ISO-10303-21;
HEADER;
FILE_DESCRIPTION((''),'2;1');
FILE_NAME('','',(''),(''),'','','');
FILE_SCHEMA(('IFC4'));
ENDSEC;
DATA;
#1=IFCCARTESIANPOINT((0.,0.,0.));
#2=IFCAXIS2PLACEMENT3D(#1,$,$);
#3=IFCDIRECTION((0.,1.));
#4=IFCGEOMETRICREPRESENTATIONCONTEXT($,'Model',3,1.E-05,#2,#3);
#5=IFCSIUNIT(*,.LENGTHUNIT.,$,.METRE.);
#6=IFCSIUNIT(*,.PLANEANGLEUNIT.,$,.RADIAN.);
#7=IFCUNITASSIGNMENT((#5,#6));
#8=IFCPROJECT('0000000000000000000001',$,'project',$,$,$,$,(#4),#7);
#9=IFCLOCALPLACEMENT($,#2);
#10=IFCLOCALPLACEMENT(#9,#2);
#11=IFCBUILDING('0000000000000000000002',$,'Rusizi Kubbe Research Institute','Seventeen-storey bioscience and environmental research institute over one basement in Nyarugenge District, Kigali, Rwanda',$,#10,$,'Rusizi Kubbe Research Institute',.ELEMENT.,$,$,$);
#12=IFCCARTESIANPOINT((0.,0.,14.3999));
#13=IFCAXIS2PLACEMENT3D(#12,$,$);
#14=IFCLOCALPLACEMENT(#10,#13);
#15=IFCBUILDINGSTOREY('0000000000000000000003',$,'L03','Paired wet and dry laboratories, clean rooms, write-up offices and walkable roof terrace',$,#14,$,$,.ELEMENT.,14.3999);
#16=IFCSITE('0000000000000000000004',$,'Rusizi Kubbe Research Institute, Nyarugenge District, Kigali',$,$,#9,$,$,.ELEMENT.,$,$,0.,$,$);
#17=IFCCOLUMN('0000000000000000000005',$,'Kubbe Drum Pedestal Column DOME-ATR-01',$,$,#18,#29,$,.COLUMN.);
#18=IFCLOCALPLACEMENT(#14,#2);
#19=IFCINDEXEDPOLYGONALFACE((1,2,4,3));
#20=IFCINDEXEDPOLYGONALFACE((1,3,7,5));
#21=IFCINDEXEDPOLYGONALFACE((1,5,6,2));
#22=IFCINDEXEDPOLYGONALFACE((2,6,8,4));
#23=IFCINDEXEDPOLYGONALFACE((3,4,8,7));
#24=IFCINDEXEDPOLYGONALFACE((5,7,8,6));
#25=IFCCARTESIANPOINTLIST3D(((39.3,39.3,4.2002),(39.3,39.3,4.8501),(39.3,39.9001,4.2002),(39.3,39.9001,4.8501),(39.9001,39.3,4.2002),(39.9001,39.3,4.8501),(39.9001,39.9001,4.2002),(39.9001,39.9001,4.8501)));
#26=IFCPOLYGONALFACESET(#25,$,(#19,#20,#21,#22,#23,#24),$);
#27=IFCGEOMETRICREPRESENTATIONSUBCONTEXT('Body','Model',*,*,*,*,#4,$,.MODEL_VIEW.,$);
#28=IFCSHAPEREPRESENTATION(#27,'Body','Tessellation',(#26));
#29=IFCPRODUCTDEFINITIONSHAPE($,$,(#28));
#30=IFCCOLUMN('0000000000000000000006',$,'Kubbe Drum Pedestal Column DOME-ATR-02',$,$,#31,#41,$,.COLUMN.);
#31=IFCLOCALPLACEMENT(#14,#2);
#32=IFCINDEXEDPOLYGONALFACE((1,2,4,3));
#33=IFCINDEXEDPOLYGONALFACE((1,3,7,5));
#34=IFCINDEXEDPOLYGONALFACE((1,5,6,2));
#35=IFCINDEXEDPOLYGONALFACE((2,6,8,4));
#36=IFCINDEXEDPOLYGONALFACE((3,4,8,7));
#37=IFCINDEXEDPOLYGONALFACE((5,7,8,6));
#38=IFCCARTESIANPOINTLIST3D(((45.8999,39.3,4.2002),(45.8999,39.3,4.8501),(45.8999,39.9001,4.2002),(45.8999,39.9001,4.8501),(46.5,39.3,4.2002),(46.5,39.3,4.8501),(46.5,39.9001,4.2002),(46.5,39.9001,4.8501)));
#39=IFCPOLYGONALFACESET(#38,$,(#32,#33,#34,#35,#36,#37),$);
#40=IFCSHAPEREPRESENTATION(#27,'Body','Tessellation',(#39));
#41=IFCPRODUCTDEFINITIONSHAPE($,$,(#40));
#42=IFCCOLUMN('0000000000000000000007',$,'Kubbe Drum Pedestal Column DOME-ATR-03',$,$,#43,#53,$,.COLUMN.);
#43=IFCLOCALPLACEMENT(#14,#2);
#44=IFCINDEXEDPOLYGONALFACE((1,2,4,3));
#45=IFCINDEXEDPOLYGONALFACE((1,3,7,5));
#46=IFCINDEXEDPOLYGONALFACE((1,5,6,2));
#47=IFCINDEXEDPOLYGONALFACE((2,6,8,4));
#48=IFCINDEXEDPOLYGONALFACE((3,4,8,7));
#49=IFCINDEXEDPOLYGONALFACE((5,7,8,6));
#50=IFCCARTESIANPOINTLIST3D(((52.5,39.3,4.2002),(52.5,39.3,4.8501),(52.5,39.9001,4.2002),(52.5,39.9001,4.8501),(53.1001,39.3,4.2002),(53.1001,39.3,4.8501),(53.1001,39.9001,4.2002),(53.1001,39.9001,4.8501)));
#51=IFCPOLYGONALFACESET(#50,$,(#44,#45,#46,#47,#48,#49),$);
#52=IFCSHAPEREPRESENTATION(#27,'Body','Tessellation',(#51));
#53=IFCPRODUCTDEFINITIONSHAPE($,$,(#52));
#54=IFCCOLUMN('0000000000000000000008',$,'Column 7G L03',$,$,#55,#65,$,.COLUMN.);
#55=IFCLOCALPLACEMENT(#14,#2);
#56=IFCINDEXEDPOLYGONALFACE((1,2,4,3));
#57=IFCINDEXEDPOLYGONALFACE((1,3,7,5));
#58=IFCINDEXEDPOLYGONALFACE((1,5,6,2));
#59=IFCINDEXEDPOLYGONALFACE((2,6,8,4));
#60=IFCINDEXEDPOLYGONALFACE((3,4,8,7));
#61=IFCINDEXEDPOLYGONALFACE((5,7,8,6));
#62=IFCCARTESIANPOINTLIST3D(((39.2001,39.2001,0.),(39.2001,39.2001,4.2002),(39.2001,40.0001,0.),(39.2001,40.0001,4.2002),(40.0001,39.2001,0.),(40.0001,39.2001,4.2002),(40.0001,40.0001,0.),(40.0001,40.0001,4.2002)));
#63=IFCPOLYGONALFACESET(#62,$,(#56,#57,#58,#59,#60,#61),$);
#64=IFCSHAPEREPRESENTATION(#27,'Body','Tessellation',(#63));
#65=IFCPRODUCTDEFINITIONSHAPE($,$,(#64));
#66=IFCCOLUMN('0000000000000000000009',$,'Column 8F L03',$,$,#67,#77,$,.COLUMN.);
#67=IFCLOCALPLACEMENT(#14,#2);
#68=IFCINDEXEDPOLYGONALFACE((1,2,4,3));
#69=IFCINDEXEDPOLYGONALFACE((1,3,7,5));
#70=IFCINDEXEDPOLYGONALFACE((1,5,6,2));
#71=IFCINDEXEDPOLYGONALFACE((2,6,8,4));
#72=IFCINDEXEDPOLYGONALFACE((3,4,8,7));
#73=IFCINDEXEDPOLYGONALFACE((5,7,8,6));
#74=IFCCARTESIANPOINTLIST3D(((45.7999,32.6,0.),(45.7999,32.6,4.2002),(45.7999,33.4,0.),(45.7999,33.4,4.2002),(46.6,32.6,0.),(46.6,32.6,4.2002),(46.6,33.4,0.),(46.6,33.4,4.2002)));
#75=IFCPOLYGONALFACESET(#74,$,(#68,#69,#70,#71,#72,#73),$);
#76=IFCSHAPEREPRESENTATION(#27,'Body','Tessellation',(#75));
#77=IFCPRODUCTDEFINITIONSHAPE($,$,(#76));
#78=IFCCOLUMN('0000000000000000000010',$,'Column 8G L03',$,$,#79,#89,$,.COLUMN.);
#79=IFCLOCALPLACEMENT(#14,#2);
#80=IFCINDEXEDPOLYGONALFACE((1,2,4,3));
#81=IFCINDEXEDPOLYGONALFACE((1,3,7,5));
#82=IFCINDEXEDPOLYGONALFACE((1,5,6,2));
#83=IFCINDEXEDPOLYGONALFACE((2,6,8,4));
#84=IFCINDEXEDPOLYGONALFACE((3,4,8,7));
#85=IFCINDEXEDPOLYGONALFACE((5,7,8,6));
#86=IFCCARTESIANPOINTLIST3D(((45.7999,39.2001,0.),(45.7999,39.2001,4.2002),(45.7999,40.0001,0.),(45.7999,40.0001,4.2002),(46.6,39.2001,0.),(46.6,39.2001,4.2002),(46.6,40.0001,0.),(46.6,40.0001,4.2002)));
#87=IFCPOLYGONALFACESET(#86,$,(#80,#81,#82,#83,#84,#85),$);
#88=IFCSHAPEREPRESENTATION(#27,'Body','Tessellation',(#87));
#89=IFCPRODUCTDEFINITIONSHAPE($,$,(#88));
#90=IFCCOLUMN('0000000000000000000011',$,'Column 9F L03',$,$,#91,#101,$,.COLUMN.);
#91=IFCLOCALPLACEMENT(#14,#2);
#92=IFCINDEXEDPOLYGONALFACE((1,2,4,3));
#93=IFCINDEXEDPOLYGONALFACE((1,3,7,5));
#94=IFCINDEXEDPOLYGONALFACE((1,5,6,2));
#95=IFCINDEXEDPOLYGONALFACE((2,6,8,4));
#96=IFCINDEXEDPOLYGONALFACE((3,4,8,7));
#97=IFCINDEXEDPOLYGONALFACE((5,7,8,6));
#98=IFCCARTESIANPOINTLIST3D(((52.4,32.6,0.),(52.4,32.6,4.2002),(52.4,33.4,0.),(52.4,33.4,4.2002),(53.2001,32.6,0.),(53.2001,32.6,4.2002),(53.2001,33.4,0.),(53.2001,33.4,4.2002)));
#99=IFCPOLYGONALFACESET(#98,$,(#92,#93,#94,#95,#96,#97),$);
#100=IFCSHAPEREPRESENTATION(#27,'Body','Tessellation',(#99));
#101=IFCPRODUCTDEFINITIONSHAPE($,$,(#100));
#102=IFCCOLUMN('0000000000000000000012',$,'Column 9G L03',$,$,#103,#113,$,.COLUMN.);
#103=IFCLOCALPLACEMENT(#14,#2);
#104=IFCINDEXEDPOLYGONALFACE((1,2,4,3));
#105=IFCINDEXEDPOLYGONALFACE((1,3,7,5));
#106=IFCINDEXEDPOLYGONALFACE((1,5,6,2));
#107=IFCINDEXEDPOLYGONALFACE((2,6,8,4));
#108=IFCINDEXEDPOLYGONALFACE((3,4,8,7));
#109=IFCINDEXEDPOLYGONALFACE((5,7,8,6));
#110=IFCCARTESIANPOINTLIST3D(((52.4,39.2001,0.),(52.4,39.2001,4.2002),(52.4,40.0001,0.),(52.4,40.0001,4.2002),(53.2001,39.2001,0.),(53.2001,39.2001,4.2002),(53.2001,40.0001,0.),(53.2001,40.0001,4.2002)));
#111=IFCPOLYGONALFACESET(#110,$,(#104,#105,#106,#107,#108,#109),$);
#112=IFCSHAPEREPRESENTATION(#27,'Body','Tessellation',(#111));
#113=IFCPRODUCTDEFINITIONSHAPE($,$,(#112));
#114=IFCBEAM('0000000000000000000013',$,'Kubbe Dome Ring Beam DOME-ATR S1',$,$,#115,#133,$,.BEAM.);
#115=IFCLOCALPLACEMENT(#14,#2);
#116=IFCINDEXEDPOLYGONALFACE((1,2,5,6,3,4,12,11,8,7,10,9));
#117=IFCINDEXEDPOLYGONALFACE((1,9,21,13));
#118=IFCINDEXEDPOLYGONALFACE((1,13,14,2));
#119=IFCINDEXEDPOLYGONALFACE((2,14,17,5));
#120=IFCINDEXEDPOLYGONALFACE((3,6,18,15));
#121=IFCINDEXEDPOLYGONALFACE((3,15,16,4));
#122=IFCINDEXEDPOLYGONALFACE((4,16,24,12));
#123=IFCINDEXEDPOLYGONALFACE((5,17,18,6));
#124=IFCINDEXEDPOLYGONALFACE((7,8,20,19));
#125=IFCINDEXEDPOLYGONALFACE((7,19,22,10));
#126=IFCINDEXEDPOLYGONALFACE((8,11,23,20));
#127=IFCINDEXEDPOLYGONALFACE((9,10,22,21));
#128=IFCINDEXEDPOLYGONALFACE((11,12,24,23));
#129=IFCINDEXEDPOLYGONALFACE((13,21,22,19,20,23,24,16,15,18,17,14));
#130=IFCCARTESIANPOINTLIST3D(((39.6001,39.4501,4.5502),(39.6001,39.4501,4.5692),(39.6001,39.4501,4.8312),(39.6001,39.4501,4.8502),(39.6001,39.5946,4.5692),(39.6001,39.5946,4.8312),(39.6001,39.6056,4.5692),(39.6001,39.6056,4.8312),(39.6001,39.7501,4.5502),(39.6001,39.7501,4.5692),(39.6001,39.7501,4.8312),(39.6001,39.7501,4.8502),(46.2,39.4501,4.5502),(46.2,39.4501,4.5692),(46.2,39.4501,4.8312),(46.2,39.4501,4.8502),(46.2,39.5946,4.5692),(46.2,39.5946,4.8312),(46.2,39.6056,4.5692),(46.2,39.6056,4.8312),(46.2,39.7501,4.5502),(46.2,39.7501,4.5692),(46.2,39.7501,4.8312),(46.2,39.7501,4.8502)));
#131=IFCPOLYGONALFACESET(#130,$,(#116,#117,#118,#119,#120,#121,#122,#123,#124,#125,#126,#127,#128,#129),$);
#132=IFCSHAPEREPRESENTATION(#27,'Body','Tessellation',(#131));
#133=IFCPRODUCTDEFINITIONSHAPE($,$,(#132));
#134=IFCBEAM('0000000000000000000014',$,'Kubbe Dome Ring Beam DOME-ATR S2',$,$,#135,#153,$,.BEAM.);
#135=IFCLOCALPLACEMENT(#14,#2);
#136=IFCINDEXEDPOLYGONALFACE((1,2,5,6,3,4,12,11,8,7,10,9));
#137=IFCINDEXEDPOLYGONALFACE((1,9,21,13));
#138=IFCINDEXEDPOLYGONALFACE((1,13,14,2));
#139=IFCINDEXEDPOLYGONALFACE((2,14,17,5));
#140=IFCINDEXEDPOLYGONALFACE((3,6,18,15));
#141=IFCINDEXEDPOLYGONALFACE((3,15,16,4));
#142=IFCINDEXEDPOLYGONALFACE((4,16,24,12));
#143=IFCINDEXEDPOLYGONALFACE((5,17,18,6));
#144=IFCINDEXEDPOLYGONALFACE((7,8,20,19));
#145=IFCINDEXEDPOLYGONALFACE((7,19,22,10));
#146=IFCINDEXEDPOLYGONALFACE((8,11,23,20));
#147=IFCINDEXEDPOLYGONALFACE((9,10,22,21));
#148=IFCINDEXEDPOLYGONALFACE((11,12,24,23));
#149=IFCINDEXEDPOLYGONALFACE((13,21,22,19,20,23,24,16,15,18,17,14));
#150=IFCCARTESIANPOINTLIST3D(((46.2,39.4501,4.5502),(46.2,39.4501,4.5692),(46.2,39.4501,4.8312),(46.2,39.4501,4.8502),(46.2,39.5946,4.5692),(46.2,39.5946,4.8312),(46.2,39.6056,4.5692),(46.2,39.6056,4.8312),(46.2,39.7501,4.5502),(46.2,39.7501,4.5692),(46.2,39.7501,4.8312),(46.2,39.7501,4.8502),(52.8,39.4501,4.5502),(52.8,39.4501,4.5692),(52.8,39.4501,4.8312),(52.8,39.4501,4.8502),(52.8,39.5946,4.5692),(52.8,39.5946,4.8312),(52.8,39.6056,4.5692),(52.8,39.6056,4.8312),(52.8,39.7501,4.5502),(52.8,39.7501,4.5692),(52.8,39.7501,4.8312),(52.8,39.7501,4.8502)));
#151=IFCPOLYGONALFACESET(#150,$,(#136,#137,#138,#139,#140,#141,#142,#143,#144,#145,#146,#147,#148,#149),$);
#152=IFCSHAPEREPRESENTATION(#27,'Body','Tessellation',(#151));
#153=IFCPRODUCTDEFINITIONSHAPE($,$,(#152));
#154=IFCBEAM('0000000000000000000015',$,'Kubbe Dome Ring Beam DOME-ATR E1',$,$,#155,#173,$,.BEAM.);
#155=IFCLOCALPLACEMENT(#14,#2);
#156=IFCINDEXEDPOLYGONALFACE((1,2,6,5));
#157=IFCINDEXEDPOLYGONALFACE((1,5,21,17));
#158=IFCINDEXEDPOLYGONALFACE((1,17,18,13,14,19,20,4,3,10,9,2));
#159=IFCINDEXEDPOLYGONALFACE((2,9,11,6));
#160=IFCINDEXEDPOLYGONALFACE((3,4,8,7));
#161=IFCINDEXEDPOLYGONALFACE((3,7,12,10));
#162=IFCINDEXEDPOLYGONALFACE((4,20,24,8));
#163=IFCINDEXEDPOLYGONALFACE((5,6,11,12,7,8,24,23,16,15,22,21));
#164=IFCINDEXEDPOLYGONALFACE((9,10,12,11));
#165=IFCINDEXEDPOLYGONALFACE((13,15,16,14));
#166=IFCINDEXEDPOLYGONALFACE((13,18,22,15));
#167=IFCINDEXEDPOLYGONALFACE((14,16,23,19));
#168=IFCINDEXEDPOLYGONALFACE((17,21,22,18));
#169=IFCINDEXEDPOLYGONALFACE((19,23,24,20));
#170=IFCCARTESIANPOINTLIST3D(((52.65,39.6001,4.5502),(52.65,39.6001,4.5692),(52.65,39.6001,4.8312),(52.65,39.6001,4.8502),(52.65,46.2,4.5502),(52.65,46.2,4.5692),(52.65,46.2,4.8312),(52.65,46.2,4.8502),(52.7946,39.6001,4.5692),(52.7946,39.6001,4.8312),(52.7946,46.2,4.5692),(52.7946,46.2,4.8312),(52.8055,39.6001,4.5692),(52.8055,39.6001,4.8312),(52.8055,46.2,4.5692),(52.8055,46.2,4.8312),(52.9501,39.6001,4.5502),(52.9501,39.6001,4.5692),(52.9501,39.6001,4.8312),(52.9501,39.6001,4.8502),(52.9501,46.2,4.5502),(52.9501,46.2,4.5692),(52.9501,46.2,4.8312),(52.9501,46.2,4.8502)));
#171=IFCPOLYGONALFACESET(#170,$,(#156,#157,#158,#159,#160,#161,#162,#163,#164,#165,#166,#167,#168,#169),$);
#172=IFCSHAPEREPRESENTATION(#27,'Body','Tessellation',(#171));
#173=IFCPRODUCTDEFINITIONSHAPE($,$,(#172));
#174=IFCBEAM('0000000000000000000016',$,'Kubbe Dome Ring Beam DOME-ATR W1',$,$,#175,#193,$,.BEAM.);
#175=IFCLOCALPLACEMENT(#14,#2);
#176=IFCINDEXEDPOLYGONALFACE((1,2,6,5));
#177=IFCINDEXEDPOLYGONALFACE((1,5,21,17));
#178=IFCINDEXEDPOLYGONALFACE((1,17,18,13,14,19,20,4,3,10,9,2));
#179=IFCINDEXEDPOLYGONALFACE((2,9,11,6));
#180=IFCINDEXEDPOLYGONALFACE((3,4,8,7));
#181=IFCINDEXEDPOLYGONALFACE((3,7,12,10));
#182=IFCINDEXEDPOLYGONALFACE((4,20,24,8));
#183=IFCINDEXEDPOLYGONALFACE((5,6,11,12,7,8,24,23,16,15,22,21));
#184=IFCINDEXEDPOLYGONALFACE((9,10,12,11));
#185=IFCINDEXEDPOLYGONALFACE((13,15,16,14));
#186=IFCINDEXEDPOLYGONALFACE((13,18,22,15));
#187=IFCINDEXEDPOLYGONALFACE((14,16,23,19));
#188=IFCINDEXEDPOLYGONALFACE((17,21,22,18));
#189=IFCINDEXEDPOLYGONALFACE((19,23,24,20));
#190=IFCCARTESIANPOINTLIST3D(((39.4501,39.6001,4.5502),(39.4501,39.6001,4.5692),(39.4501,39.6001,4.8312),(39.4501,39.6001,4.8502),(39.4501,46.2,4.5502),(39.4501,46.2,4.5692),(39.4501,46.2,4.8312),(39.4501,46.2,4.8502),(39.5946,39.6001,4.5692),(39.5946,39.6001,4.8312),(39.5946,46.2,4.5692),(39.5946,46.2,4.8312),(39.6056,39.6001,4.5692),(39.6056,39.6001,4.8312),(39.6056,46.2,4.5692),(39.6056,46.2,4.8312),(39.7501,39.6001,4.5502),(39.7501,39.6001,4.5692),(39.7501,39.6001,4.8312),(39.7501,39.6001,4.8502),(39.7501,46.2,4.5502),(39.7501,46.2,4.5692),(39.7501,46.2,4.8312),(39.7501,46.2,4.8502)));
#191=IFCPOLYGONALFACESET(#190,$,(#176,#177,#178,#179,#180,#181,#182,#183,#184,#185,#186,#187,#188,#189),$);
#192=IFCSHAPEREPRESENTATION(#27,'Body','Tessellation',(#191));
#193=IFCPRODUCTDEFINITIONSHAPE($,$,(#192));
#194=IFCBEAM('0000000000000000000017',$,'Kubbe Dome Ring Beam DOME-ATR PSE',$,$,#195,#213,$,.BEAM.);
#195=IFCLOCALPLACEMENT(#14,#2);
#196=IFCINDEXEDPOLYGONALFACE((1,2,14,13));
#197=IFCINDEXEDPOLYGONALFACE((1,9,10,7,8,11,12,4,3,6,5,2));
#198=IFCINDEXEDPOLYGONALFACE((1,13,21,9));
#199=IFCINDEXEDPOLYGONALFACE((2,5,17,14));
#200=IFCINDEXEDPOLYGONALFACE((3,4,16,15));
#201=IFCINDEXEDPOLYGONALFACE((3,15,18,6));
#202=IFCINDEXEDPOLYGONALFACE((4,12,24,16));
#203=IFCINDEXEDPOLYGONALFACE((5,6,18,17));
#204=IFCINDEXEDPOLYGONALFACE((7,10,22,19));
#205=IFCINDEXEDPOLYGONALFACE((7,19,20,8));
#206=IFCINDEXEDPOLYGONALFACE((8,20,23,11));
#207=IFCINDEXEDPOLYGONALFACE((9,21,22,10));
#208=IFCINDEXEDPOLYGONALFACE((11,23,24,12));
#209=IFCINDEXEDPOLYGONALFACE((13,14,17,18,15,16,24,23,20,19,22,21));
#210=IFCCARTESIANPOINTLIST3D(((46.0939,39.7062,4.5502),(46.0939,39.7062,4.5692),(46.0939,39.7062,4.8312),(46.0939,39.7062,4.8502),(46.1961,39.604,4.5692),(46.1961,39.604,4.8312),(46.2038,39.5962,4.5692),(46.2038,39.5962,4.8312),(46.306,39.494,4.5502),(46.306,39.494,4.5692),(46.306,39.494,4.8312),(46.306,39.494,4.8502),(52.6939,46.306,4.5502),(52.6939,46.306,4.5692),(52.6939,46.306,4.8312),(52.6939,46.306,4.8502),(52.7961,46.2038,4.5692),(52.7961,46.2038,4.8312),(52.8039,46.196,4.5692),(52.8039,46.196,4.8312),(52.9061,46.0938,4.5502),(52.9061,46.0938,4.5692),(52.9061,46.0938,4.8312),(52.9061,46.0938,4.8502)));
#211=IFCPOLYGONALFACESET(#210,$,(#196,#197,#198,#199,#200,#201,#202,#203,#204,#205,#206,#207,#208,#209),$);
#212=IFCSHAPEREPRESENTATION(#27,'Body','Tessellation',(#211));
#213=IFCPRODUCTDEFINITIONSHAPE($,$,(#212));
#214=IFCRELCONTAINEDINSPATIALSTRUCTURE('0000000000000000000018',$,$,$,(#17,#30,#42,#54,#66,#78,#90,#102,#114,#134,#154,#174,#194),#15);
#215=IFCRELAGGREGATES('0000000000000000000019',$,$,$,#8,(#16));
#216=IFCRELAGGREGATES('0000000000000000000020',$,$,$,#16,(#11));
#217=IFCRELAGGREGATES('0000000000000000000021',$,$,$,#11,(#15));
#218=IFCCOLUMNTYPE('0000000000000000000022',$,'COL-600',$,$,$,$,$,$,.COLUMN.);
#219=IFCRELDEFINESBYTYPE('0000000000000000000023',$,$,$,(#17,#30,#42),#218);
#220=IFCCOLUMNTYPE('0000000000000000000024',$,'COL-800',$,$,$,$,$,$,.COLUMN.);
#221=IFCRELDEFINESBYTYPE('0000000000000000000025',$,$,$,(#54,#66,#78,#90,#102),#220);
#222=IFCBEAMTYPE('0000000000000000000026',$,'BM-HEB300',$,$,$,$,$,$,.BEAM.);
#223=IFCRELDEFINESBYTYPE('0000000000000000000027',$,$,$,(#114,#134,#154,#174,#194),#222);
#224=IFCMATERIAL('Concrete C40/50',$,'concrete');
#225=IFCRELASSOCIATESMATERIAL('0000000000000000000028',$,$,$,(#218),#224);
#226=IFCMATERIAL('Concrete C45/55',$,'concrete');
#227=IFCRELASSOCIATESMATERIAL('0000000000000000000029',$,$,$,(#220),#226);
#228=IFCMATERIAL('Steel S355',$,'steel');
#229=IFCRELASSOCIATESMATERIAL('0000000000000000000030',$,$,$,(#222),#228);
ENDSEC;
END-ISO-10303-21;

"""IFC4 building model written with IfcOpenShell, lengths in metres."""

from ifc_helpers import new_model, si_unit, direction, frame, origin, origin_2d, place, context, subcontext, project, spatial, rectangle, i_section, extrude, material, material_profile, profile_set, type_object, element, save


model = new_model("IFC4")

# Units and contexts
model_context = context("Model", 3, precision=1e-05, world=origin(), true_north=direction((0.0, 1.0)))
body_context = subcontext(model_context, "Body", "Model", "MODEL_VIEW")
ifc_project = project(units=[si_unit("LENGTHUNIT", "METRE"), si_unit("PLANEANGLEUNIT", "RADIAN")], contexts=[model_context])

# Site, building, storey
site_placement = place(None, origin())
site = spatial("IfcSite", under=ifc_project, at=site_placement, Name="Rusizi Kubbe Research Institute, Nyarugenge District, Kigali", CompositionType="ELEMENT", RefElevation=0.0)
building_placement = place(site_placement, origin())
building = spatial("IfcBuilding", under=site, at=building_placement, Name="Rusizi Kubbe Research Institute", Description="Seventeen-storey bioscience and environmental research institute over one basement in Nyarugenge District, Kigali, Rwanda", LongName="Rusizi Kubbe Research Institute", CompositionType="ELEMENT")
storey_placement = place(building_placement, frame((0.0, 0.0, 14.3999)))
storey = spatial("IfcBuildingStorey", under=building, at=storey_placement, Name="L03", Description="Paired wet and dry laboratories, clean rooms, write-up offices and walkable roof terrace", CompositionType="ELEMENT", Elevation=14.3999)

# Columns
ifc_material_1 = material(Name="Concrete C40/50", Category="concrete")
ifc_material_profile_1 = material_profile(ifc_material_1, rectangle(XDim=0.6001, YDim=0.6001, at=origin_2d()), Name="RC600x600")
ifc_profile_set_1 = profile_set([ifc_material_profile_1], Name="Concrete C40/50")
column_type_1 = type_object("IfcColumnType", Name="COL-600", PredefinedType="COLUMN", material=ifc_profile_set_1)
for number, where, z_axis, x_axis, name in (
    (1, (39.6001, 39.6001, 4.2002), (0.0, 0.0, 1.0), (1.0, 0.0, 0.0), "Kubbe Drum Pedestal Column DOME-ATR-01"),
    (2, (46.2, 39.6001, 4.2002), (0.0, 0.0, 1.0), (1.0, 0.0, 0.0), "Kubbe Drum Pedestal Column DOME-ATR-02"),
    (3, (52.8, 39.6001, 4.2002), (0.0, 0.0, 1.0), (1.0, 0.0, 0.0), "Kubbe Drum Pedestal Column DOME-ATR-03"),
):
    element("IfcColumn", number, at=place(storey_placement, frame(where, z_axis=z_axis, x_axis=x_axis)), inside=storey, type_object=column_type_1, Name=name, PredefinedType="COLUMN", context=body_context, shape_type="SweptSolid", body=[
        extrude(rectangle(XDim=0.6001, YDim=0.6001, at=origin_2d()), origin(), (0.0, 0.0, 1.0), 0.6499),
    ])
ifc_material_2 = material(Name="Concrete C45/55", Category="concrete")
ifc_material_profile_2 = material_profile(ifc_material_2, rectangle(XDim=0.8, YDim=0.8, at=origin_2d()), Name="RC800x800")
ifc_profile_set_2 = profile_set([ifc_material_profile_2], Name="Concrete C45/55")
column_type_2 = type_object("IfcColumnType", Name="COL-800", PredefinedType="COLUMN", material=ifc_profile_set_2)
for number, where, z_axis, x_axis, name in (
    (4, (39.6001, 39.6001, 0.0), (0.0, 0.0, 1.0), (1.0, 0.0, 0.0), "Column 7G L03"),
    (5, (46.2, 33.0, 0.0), (0.0, 0.0, 1.0), (1.0, 0.0, 0.0), "Column 8F L03"),
    (6, (46.2, 39.6001, 0.0), (0.0, 0.0, 1.0), (1.0, 0.0, 0.0), "Column 8G L03"),
    (7, (52.8, 33.0, 0.0), (0.0, 0.0, 1.0), (1.0, 0.0, 0.0), "Column 9F L03"),
    (8, (52.8, 39.6001, 0.0), (0.0, 0.0, 1.0), (1.0, 0.0, 0.0), "Column 9G L03"),
):
    element("IfcColumn", number, at=place(storey_placement, frame(where, z_axis=z_axis, x_axis=x_axis)), inside=storey, type_object=column_type_2, Name=name, PredefinedType="COLUMN", context=body_context, shape_type="SweptSolid", body=[
        extrude(rectangle(XDim=0.8, YDim=0.8, at=origin_2d()), origin(), (0.0, 0.0, 1.0), 4.2002),
    ])

# Beams
ifc_material_3 = material(Name="Steel S355", Category="steel")
ifc_material_profile_3 = material_profile(ifc_material_3, i_section(OverallWidth=0.3, OverallDepth=0.3, WebThickness=0.011, FlangeThickness=0.019, at=origin_2d()), Name="HEB 300")
ifc_profile_set_3 = profile_set([ifc_material_profile_3], Name="Steel S355")
beam_type_1 = type_object("IfcBeamType", Name="BM-HEB300", PredefinedType="BEAM", material=ifc_profile_set_3)
beam_1_placement = place(storey_placement, frame((39.6001, 39.6001, 4.7002), z_axis=(1.0, 0.0, 0.0), x_axis=(0.0, 1.0, 0.0)))
element("IfcBeam", 9, at=beam_1_placement, inside=storey, type_object=beam_type_1, Name="Kubbe Dome Ring Beam DOME-ATR S1", PredefinedType="BEAM", context=body_context, shape_type="SweptSolid", body=[
    extrude(i_section(OverallWidth=0.3, OverallDepth=0.3, WebThickness=0.011, FlangeThickness=0.019, at=origin_2d()), origin(), (0.0, 0.0, 1.0), 6.5999),
])
beam_2_placement = place(storey_placement, frame((46.2, 39.6001, 4.7002), z_axis=(1.0, 0.0, 0.0), x_axis=(0.0, 1.0, 0.0)))
element("IfcBeam", 10, at=beam_2_placement, inside=storey, type_object=beam_type_1, Name="Kubbe Dome Ring Beam DOME-ATR S2", PredefinedType="BEAM", context=body_context, shape_type="SweptSolid", body=[
    extrude(i_section(OverallWidth=0.3, OverallDepth=0.3, WebThickness=0.011, FlangeThickness=0.019, at=origin_2d()), origin(), (0.0, 0.0, 1.0), 6.6001),
])
for number, where, z_axis, x_axis, name in (
    (11, (52.8, 39.6001, 4.7002), (0.0, 1.0, 0.0), (-1.0, 0.0, 0.0), "Kubbe Dome Ring Beam DOME-ATR E1"),
    (12, (39.6001, 39.6001, 4.7002), (0.0, 1.0, 0.0), (-1.0, 0.0, 0.0), "Kubbe Dome Ring Beam DOME-ATR W1"),
):
    element("IfcBeam", number, at=place(storey_placement, frame(where, z_axis=z_axis, x_axis=x_axis)), inside=storey, type_object=beam_type_1, Name=name, PredefinedType="BEAM", context=body_context, shape_type="SweptSolid", body=[
        extrude(i_section(OverallWidth=0.3, OverallDepth=0.3, WebThickness=0.011, FlangeThickness=0.019, at=origin_2d()), origin(), (0.0, 0.0, 1.0), 6.5999),
    ])
beam_3_placement = place(storey_placement, frame((46.2, 39.6001, 4.7002), z_axis=(0.70712, 0.707094, 0.0), x_axis=(-0.707094, 0.70712, 0.0)))
element("IfcBeam", 13, at=beam_3_placement, inside=storey, type_object=beam_type_1, Name="Kubbe Dome Ring Beam DOME-ATR PSE", PredefinedType="BEAM", context=body_context, shape_type="SweptSolid", body=[
    extrude(i_section(OverallWidth=0.3, OverallDepth=0.3, WebThickness=0.011, FlangeThickness=0.019, at=origin_2d()), origin(), (0.0, 0.0, 1.0), 9.3337),
])

save(model, "model.ifc")
